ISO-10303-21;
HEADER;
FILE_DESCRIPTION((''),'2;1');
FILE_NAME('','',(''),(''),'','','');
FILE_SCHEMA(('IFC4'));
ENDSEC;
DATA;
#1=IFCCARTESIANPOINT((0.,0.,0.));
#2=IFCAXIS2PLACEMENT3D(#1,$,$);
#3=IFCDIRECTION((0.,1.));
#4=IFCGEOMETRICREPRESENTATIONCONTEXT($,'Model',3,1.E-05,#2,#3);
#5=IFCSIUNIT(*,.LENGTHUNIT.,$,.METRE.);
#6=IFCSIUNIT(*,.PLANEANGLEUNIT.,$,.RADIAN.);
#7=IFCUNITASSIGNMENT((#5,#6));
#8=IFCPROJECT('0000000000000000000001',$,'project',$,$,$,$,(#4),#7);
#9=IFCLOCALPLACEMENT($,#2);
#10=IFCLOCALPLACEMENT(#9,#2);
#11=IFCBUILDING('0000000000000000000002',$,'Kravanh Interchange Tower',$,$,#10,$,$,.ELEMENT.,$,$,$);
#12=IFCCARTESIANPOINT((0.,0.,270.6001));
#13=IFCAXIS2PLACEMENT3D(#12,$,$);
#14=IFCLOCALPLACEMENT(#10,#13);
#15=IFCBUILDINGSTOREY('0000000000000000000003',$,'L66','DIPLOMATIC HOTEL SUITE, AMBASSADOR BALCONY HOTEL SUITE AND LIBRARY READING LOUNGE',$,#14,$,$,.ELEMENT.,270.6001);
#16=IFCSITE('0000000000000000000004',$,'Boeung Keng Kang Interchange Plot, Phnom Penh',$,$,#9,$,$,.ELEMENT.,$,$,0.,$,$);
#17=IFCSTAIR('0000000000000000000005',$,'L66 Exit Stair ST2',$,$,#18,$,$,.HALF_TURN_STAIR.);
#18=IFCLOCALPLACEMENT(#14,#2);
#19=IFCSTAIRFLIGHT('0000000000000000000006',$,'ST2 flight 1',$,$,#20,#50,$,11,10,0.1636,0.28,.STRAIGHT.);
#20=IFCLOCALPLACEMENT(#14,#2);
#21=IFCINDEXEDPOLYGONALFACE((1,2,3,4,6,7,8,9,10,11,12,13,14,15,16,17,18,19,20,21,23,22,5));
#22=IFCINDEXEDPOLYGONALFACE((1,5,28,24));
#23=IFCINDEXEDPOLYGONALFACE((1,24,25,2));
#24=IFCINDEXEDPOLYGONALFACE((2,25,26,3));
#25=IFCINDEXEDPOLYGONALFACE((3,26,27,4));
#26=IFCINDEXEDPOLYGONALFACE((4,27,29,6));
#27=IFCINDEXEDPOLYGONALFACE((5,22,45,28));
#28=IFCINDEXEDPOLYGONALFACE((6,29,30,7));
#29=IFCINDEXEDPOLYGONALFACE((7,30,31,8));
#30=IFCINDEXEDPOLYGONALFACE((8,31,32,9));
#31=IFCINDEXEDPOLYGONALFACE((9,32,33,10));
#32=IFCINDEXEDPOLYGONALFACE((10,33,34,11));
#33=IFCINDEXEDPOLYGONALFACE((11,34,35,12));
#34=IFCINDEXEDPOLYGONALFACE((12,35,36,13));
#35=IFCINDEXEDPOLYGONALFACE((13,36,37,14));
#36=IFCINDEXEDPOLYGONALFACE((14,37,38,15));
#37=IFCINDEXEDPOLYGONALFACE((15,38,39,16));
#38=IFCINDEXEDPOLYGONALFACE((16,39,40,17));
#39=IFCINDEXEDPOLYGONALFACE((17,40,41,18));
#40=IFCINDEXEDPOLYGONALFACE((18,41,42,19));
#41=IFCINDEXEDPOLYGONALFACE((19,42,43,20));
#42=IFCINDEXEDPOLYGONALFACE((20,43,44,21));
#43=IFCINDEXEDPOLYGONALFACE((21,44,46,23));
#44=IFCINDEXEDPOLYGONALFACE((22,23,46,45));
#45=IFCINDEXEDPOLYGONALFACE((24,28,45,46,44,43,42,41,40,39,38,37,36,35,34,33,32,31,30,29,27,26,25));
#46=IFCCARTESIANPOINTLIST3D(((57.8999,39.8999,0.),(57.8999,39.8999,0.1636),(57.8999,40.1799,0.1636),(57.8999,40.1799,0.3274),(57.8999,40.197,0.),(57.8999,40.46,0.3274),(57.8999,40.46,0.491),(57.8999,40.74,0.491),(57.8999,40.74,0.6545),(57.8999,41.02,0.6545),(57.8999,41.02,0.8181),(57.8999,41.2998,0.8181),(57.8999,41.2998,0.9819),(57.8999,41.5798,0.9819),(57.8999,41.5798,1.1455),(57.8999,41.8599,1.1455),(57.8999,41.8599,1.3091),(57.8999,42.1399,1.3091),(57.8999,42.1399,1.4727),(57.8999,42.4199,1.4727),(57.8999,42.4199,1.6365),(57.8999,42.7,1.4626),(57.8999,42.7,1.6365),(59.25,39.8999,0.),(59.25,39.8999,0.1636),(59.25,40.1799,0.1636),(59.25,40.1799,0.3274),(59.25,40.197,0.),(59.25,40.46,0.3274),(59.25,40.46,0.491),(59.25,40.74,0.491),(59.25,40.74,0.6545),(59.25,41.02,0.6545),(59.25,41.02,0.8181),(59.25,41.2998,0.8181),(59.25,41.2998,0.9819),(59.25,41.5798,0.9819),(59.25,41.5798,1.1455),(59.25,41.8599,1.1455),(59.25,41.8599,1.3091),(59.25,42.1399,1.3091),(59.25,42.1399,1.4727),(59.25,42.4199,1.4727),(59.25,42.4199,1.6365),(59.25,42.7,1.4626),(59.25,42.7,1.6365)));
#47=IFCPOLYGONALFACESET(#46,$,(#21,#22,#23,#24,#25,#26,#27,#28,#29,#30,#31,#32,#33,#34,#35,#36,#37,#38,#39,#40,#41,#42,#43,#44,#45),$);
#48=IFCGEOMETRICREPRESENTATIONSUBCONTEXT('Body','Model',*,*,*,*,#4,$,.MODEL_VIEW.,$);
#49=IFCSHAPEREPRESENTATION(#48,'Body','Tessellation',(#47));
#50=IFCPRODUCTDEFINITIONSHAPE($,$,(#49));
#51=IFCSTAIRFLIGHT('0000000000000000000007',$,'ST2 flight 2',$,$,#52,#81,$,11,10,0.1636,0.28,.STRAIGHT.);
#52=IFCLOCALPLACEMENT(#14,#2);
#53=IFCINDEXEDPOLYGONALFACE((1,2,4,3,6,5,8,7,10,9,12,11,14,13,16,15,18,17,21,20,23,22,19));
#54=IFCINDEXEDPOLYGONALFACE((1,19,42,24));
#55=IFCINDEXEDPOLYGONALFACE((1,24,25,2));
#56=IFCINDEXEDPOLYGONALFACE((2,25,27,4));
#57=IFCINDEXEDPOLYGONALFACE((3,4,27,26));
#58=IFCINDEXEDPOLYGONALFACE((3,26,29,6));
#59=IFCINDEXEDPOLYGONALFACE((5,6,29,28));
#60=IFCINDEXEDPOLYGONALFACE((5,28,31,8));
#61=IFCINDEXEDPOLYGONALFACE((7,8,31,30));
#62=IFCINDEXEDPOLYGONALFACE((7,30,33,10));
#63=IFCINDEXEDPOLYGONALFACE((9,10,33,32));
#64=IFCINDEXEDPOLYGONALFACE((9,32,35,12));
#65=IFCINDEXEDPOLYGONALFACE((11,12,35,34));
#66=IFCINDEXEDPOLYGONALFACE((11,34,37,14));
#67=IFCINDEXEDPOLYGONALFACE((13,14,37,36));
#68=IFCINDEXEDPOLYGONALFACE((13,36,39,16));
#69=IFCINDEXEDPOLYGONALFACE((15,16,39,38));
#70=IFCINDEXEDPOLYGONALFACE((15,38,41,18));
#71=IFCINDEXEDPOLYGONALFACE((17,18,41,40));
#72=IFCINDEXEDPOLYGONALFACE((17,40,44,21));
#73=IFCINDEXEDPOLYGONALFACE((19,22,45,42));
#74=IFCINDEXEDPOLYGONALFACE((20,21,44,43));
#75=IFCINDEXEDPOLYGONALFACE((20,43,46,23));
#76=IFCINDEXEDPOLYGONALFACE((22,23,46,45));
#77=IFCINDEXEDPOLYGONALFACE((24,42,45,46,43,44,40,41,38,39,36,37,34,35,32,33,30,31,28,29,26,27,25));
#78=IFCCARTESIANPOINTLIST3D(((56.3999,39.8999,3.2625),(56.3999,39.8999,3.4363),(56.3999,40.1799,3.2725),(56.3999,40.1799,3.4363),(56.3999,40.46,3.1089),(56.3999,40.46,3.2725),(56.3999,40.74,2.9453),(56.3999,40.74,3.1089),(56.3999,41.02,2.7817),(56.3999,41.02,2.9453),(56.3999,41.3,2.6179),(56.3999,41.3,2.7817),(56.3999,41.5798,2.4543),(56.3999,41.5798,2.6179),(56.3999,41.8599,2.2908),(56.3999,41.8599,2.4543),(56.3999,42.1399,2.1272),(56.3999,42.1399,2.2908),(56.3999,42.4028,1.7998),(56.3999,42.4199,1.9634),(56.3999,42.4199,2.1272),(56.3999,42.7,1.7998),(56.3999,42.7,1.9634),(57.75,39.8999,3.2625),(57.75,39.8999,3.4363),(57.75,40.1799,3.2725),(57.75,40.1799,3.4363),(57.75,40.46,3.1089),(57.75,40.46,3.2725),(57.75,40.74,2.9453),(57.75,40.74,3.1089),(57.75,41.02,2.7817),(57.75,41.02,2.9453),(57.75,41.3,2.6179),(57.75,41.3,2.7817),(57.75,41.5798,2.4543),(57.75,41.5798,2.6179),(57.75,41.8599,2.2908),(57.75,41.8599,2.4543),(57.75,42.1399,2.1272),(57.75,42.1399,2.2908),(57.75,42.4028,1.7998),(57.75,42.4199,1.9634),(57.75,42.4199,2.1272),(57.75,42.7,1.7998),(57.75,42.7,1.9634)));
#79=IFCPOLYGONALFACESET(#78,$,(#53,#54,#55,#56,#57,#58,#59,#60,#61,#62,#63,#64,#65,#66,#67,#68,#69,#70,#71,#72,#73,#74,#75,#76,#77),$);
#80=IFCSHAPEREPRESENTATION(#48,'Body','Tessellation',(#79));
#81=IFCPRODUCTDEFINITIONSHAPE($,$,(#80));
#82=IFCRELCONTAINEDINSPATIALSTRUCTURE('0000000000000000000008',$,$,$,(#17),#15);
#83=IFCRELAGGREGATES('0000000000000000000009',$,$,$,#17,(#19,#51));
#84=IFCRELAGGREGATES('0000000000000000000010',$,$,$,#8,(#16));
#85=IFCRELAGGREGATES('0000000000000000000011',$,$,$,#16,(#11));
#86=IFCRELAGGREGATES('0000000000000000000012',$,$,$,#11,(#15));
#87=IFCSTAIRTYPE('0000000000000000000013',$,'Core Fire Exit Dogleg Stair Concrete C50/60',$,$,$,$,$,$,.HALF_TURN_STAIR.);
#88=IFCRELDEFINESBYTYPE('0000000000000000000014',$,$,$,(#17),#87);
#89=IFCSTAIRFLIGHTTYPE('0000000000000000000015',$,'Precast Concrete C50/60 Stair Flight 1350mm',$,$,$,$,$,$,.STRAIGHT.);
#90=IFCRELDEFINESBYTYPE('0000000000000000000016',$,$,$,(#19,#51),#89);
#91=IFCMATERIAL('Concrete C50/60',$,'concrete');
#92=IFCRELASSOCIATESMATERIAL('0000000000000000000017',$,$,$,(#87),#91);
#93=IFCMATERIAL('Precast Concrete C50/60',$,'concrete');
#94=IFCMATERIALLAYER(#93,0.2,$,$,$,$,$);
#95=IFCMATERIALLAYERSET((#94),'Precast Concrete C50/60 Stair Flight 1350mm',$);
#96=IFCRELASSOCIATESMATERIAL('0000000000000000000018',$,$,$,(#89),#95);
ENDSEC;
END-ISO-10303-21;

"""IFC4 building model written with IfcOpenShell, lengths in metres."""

from ifc_helpers import new_model, si_unit, direction, frame, origin, place, context, subcontext, project, spatial, polyline, outline, extrude, material, layer, layer_set, type_object, element, aggregate, save


model = new_model("IFC4")

# Units and contexts
model_context = context("Model", 3, precision=1e-05, world=origin(), true_north=direction((0.0, 1.0)))
body_context = subcontext(model_context, "Body", "Model", "MODEL_VIEW")
ifc_project = project(units=[si_unit("LENGTHUNIT", "METRE"), si_unit("PLANEANGLEUNIT", "RADIAN")], contexts=[model_context])

# Site, building, storey
site_placement = place(None, origin())
site = spatial("IfcSite", under=ifc_project, at=site_placement, Name="Boeung Keng Kang Interchange Plot, Phnom Penh", CompositionType="ELEMENT", RefElevation=0.0)
building_placement = place(site_placement, origin())
building = spatial("IfcBuilding", under=site, at=building_placement, Name="Kravanh Interchange Tower", CompositionType="ELEMENT")
storey_placement = place(building_placement, frame((0.0, 0.0, 270.6001)))
storey = spatial("IfcBuildingStorey", under=building, at=storey_placement, Name="L66", Description="DIPLOMATIC HOTEL SUITE, AMBASSADOR BALCONY HOTEL SUITE AND LIBRARY READING LOUNGE", CompositionType="ELEMENT", Elevation=270.6001)

# Stair, stair flights
ifc_material_1 = material(Name="Concrete C50/60", Category="concrete")
stair_type = type_object("IfcStairType", Name="Core Fire Exit Dogleg Stair Concrete C50/60", PredefinedType="HALF_TURN_STAIR", material=ifc_material_1)
stair_placement = place(storey_placement, origin())
stair = element("IfcStair", 1, at=stair_placement, inside=storey, type_object=stair_type, Name="L66 Exit Stair ST2", PredefinedType="HALF_TURN_STAIR")
ifc_material_2 = material(Name="Precast Concrete C50/60", Category="concrete")
ifc_layer_1 = layer(ifc_material_2, 0.2)
ifc_layer_set_1 = layer_set([ifc_layer_1], Name="Precast Concrete C50/60 Stair Flight 1350mm")
stair_flight_type = type_object("IfcStairFlightType", Name="Precast Concrete C50/60 Stair Flight 1350mm", PredefinedType="STRAIGHT", material=ifc_layer_set_1)
stair_flight_1_placement = place(storey_placement, frame((58.575, 39.8999, 0.0), z_axis=(0.0, 0.0, 1.0), x_axis=(0.0, 1.0, 0.0)))
stair_flight_1 = element("IfcStairFlight", 2, at=stair_flight_1_placement, type_object=stair_flight_type, Name="ST2 flight 1", NumberOfRisers=11, NumberOfTreads=10, PredefinedType="STRAIGHT", RiserHeight=0.1636, TreadLength=0.28, context=body_context, shape_type="SweptSolid", body=[
    extrude(outline(polyline([(0.0, 0.0), (0.0, 0.1636), (0.28, 0.1636), (0.28, 0.3274), (0.5601, 0.3274), (0.5601, 0.491), (0.8401, 0.491), (0.8401, 0.6545), (1.1201, 0.6545), (1.1201, 0.8181), (1.3999, 0.8181), (1.3999, 0.9819), (1.6799, 0.9819), (1.6799, 1.1455), (1.96, 1.1455), (1.96, 1.3091), (2.24, 1.3091), (2.24, 1.4727), (2.52, 1.4727), (2.52, 1.6365), (2.8, 1.6365), (2.8, 1.8), (2.8, 1.4626), (0.2971, 0.0), (0.0, 0.0)])), frame((0.0, 0.675, 0.0), z_axis=(0.0, -1.0, 0.0), x_axis=(1.0, 0.0, 0.0)), (0.0, 0.0, 1.0), 1.3501),
])
stair_flight_2_placement = place(storey_placement, frame((57.075, 42.7, 1.7998), z_axis=(0.0, 0.0, 1.0), x_axis=(0.0, -1.0, 0.0)))
stair_flight_2 = element("IfcStairFlight", 3, at=stair_flight_2_placement, type_object=stair_flight_type, Name="ST2 flight 2", NumberOfRisers=11, NumberOfTreads=10, PredefinedType="STRAIGHT", RiserHeight=0.1636, TreadLength=0.28, context=body_context, shape_type="SweptSolid", body=[
    extrude(outline(polyline([(0.0, 0.0), (0.0, 0.1636), (0.28, 0.1636), (0.28, 0.3274), (0.5601, 0.3274), (0.5601, 0.491), (0.8401, 0.491), (0.8401, 0.6545), (1.1201, 0.6545), (1.1201, 0.8181), (1.3999, 0.8181), (1.3999, 0.9819), (1.6799, 0.9819), (1.6799, 1.1455), (1.96, 1.1455), (1.96, 1.3091), (2.24, 1.3091), (2.24, 1.4727), (2.52, 1.4727), (2.52, 1.6365), (2.8, 1.6365), (2.8, 1.8), (2.8, 1.4626), (0.2971, 0.0), (0.0, 0.0)])), frame((0.0, 0.675, 0.0), z_axis=(0.0, -1.0, 0.0), x_axis=(1.0, 0.0, 0.0)), (0.0, 0.0, 1.0), 1.3501),
])
aggregate(stair, [stair_flight_1, stair_flight_2])

save(model, "model.ifc")
